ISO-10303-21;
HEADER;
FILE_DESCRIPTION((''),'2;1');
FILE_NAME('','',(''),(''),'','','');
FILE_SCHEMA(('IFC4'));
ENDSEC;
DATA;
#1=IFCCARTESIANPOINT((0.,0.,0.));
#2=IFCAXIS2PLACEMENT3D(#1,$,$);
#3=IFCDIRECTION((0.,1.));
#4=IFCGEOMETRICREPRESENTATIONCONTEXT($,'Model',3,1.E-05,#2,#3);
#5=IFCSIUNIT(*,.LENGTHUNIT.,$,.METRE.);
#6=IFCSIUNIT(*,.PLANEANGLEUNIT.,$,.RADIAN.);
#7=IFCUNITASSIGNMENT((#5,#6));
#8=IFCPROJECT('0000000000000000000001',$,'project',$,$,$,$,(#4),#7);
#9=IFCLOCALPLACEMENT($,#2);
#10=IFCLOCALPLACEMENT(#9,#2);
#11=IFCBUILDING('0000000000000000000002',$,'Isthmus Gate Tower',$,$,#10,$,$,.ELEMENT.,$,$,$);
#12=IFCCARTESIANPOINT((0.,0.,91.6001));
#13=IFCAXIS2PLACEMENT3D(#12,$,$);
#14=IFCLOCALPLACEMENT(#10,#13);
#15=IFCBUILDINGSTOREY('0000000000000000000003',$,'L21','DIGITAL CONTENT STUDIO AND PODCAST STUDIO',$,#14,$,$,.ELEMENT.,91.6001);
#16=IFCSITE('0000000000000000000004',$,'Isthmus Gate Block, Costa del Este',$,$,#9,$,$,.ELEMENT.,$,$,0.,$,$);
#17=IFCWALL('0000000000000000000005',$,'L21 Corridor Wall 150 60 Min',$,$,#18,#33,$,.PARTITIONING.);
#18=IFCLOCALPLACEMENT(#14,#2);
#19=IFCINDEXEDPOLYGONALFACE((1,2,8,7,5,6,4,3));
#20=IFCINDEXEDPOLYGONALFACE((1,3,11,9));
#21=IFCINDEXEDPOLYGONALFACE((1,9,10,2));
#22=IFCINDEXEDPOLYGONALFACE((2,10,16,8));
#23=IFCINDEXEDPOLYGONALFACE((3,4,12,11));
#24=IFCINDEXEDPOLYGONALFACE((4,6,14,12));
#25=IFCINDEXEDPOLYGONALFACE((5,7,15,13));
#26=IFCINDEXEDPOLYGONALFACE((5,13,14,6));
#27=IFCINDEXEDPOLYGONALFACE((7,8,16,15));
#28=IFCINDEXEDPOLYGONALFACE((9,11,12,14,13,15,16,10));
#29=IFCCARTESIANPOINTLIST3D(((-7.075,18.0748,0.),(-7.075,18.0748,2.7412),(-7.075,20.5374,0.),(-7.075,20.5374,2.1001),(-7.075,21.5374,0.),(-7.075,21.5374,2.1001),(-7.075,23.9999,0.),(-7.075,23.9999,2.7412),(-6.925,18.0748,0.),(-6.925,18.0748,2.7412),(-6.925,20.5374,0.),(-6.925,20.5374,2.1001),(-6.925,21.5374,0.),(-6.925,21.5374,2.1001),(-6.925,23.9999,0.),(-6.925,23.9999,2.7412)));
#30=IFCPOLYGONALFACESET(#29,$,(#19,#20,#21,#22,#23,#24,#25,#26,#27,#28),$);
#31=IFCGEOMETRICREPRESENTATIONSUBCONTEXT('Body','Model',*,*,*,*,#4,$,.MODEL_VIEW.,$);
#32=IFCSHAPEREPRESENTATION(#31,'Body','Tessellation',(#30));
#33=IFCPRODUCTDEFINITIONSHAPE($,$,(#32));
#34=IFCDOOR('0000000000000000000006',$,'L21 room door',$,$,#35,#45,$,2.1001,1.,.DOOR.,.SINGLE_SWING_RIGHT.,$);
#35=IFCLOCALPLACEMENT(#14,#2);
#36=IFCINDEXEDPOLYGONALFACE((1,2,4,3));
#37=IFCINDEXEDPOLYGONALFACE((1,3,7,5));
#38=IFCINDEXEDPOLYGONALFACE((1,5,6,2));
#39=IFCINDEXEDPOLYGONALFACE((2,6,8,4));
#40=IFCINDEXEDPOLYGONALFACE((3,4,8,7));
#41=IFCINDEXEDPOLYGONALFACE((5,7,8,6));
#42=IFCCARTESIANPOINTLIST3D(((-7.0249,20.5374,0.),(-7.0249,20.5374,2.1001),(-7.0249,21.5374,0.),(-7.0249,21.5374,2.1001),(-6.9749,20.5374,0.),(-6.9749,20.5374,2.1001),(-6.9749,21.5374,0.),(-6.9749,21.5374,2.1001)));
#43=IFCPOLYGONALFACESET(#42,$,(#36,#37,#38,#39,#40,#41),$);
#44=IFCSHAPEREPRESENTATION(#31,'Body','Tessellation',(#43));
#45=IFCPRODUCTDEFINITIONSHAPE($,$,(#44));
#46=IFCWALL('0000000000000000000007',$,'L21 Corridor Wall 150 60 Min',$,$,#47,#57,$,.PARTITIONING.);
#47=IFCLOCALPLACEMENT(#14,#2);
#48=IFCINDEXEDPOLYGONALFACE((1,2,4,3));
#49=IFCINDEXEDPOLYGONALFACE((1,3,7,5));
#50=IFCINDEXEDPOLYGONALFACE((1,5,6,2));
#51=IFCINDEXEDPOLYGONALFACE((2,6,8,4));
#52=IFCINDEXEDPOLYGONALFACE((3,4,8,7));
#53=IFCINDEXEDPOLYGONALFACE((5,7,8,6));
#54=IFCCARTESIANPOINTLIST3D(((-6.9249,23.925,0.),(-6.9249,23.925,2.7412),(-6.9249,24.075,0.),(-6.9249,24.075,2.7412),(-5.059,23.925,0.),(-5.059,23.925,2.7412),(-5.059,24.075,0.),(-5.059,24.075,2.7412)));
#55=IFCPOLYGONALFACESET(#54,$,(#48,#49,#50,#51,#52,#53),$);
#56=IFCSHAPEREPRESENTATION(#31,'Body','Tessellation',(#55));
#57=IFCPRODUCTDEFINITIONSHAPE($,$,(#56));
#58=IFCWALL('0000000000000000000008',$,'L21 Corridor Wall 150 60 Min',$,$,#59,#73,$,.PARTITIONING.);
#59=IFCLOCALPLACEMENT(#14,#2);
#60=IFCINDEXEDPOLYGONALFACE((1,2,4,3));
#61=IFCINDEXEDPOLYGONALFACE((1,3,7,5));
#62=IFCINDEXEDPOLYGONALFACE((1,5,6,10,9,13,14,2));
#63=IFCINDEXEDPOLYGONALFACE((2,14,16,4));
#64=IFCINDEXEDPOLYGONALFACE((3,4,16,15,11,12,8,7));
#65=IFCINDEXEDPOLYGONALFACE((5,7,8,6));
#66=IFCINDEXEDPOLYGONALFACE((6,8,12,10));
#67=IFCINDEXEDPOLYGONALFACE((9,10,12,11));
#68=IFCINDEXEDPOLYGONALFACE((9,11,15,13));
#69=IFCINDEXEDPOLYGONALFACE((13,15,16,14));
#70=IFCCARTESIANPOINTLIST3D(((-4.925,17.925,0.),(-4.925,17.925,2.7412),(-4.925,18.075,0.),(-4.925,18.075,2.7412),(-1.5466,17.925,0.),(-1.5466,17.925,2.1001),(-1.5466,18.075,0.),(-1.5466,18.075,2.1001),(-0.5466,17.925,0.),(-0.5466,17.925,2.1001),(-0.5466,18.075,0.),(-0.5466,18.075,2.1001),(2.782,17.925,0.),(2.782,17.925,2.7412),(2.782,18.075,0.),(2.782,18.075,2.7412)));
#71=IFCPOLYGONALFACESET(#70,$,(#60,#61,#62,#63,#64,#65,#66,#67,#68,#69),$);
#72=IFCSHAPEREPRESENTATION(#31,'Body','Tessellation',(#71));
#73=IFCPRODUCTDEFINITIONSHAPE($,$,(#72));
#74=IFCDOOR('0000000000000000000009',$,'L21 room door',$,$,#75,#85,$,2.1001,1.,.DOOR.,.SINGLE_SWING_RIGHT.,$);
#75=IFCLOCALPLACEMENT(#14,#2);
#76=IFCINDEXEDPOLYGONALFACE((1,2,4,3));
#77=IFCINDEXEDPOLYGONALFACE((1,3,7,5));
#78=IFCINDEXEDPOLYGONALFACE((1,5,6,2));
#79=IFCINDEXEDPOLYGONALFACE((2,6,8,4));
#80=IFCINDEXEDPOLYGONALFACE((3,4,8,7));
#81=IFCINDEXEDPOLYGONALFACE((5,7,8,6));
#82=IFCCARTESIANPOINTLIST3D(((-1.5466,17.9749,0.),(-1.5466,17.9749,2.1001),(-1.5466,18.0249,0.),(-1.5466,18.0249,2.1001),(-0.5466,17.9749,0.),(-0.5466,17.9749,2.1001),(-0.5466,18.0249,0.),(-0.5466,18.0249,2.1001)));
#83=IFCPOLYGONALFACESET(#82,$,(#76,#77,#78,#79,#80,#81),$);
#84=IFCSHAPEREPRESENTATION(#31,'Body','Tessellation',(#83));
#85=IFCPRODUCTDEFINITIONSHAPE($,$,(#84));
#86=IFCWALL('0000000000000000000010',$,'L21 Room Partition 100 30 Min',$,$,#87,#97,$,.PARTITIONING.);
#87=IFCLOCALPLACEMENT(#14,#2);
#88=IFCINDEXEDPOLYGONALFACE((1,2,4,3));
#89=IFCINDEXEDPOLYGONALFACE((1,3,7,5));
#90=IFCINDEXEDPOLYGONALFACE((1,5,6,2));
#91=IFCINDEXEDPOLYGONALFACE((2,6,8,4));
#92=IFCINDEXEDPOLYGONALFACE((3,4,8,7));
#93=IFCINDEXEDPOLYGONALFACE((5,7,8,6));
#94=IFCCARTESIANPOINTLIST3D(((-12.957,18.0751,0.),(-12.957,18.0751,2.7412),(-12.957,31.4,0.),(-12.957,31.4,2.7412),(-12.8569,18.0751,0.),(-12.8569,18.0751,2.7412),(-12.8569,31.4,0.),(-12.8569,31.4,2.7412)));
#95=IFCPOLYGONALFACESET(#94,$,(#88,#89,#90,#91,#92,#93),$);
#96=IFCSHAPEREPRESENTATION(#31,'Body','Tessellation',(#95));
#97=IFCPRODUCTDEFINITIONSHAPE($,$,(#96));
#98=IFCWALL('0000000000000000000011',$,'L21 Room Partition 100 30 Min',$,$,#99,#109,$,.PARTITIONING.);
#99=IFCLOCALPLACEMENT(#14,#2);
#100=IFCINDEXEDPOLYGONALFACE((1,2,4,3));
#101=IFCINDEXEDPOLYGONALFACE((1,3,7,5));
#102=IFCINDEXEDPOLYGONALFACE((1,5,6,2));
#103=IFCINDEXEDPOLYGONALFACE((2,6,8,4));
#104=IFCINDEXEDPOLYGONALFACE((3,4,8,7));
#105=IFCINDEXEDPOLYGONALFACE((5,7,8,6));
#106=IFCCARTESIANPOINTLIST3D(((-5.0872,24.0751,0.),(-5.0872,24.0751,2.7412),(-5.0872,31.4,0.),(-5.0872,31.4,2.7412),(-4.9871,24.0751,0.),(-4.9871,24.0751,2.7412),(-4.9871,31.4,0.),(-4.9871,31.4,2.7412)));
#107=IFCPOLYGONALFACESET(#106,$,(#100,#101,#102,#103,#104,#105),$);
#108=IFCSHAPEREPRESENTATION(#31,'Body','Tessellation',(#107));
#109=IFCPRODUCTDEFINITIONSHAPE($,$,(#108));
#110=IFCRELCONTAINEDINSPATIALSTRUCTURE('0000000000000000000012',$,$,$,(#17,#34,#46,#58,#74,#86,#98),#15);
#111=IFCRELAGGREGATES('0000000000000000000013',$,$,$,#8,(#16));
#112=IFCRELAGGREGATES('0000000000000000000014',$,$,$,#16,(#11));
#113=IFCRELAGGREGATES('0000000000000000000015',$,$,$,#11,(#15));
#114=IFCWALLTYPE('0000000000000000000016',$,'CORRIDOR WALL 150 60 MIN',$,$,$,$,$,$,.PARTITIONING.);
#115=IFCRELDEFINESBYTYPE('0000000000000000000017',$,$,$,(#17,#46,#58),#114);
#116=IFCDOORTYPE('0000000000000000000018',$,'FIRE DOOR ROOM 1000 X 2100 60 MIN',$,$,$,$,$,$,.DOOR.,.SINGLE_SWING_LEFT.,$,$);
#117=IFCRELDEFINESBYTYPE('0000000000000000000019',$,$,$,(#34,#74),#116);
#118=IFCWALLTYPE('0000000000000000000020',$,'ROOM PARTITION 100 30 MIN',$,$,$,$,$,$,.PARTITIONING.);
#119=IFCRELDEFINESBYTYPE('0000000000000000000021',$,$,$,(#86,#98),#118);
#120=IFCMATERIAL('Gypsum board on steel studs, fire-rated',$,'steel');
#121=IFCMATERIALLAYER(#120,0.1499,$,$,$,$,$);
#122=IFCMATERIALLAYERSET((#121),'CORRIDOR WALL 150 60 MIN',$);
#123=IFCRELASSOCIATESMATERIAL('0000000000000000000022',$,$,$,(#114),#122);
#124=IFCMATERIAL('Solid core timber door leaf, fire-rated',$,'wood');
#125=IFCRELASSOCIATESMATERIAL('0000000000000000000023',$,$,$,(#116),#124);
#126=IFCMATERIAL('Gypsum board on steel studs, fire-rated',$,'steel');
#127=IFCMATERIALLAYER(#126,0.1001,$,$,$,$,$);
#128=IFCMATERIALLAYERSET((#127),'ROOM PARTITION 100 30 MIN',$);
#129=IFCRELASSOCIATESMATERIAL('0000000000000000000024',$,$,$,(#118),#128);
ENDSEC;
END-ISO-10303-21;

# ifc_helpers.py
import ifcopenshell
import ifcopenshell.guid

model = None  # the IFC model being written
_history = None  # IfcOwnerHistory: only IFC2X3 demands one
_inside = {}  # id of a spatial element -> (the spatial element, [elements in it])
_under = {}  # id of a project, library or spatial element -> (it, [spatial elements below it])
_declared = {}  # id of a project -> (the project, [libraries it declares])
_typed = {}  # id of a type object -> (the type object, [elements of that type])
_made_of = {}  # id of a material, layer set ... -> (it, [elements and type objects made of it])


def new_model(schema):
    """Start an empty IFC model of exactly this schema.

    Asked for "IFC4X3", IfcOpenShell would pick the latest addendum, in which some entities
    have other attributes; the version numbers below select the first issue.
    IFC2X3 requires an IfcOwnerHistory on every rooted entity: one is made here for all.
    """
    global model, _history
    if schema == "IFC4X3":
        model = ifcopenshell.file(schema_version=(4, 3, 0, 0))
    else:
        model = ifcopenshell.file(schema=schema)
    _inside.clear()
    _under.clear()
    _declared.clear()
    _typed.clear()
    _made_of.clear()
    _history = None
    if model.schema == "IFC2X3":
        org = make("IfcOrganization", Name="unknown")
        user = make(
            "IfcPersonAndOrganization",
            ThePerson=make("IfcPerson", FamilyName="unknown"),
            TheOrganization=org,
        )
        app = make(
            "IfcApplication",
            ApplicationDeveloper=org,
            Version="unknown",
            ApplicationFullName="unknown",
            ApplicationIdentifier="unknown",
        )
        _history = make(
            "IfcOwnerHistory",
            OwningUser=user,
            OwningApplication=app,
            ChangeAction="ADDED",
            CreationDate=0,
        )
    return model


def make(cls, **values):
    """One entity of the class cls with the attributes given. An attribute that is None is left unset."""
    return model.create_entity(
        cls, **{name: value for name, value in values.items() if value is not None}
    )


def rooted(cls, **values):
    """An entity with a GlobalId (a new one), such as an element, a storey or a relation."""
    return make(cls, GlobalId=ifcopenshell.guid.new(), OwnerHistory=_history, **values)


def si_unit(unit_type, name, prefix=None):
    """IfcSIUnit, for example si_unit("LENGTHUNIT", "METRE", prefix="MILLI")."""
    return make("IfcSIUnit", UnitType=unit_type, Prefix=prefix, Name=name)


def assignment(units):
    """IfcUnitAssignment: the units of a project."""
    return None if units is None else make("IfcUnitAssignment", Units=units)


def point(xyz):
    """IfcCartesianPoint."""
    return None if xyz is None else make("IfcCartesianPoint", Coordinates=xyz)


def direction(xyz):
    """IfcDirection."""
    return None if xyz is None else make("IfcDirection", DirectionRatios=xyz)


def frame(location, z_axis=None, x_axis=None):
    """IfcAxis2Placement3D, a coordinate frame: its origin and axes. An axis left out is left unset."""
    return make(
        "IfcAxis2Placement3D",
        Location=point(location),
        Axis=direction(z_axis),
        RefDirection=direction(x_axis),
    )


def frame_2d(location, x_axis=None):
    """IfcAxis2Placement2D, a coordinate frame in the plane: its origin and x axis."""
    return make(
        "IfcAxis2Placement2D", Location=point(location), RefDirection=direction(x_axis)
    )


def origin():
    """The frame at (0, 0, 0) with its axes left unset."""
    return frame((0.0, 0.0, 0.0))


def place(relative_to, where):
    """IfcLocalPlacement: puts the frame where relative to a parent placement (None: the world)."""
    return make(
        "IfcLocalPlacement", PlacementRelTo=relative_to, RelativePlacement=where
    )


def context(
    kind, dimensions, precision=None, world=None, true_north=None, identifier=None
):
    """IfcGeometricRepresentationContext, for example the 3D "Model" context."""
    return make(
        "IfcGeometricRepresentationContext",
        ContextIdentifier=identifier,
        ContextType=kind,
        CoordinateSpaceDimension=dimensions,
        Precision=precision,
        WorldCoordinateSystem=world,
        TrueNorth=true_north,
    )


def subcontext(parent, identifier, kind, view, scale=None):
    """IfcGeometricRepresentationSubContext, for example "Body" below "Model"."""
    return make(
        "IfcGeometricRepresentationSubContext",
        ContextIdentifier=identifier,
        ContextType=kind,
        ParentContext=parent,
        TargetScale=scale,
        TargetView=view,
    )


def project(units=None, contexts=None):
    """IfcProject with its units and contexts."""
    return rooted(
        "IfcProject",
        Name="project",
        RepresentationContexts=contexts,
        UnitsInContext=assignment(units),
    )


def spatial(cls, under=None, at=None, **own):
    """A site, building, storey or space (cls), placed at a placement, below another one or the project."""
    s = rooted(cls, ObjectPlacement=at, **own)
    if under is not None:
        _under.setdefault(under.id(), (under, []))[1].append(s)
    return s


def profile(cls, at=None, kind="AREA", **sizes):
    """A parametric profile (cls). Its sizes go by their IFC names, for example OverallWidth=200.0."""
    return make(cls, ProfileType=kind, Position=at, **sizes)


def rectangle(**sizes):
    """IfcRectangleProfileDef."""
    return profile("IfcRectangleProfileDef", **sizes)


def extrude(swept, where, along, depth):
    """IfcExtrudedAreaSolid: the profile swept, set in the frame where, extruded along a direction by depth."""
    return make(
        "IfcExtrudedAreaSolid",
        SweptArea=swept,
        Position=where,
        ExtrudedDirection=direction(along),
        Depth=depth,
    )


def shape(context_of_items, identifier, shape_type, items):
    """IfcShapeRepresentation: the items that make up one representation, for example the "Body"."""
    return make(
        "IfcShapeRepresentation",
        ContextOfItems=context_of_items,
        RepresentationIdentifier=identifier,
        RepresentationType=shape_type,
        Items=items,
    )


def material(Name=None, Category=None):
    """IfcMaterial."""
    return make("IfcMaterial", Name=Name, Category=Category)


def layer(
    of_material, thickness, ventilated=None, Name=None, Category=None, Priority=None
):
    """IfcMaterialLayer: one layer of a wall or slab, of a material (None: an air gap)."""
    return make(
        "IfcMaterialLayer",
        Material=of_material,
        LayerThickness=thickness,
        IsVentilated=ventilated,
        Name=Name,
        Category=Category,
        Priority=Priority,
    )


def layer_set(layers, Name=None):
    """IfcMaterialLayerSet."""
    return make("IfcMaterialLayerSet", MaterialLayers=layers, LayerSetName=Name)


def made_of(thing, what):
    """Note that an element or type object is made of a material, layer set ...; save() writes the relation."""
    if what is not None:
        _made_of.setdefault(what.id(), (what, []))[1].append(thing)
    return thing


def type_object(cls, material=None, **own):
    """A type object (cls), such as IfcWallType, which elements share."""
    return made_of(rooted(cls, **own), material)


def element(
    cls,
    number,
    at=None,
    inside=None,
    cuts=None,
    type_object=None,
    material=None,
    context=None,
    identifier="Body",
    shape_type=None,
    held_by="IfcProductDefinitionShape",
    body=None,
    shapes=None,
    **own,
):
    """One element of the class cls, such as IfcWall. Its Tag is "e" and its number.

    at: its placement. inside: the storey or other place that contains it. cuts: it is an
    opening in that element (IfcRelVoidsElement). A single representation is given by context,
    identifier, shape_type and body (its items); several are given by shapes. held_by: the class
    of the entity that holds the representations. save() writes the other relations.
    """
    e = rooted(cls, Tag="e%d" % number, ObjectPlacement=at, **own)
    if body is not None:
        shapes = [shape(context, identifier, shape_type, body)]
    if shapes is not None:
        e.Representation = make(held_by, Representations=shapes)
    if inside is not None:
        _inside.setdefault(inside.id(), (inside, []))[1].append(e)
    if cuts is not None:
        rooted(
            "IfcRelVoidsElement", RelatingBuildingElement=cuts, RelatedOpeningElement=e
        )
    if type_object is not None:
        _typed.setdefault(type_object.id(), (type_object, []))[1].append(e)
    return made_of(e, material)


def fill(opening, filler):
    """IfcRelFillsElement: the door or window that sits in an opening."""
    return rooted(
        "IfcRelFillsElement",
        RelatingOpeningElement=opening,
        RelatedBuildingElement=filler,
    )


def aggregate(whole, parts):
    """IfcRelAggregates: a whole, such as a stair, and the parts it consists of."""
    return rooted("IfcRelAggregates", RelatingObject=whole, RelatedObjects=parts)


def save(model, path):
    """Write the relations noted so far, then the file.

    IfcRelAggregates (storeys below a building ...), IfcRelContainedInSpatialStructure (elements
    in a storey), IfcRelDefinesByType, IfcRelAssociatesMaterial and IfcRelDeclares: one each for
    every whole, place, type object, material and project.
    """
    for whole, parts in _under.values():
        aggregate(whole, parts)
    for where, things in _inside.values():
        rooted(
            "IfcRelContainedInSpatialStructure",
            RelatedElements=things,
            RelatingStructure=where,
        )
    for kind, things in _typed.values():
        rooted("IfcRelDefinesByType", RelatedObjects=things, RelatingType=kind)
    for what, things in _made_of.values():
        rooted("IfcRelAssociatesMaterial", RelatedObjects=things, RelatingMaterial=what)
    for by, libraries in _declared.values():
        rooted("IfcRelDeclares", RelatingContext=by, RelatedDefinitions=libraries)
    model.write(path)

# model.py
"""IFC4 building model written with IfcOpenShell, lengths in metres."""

from ifc_helpers import new_model, si_unit, direction, frame, frame_2d, origin, place, context, subcontext, project, spatial, rectangle, extrude, material, layer, layer_set, type_object, element, fill, save


model = new_model("IFC4")

# Units and contexts
model_context = context("Model", 3, precision=1e-05, world=origin(), true_north=direction((0.0, 1.0)))
body_context = subcontext(model_context, "Body", "Model", "MODEL_VIEW")
ifc_project = project(units=[si_unit("LENGTHUNIT", "METRE"), si_unit("PLANEANGLEUNIT", "RADIAN")], contexts=[model_context])

# Site, building, storey
site_placement = place(None, origin())
site = spatial("IfcSite", under=ifc_project, at=site_placement, Name="Isthmus Gate Block, Costa del Este", CompositionType="ELEMENT", RefElevation=0.0)
building_placement = place(site_placement, origin())
building = spatial("IfcBuilding", under=site, at=building_placement, Name="Isthmus Gate Tower", CompositionType="ELEMENT")
storey_placement = place(building_placement, frame((0.0, 0.0, 91.6001)))
storey = spatial("IfcBuildingStorey", under=building, at=storey_placement, Name="L21", Description="DIGITAL CONTENT STUDIO AND PODCAST STUDIO", CompositionType="ELEMENT", Elevation=91.6001)

# Shared definitions
ifc_material_1 = material(Name="Gypsum board on steel studs, fire-rated", Category="steel")
ifc_layer_1 = layer(ifc_material_1, 0.1499)
ifc_layer_set_1 = layer_set([ifc_layer_1], Name="CORRIDOR WALL 150 60 MIN")
wall_type_1 = type_object("IfcWallType", Name="CORRIDOR WALL 150 60 MIN", PredefinedType="PARTITIONING", material=ifc_layer_set_1)

# Wall, opening, door
wall_1_placement = place(storey_placement, frame((-7.0, 18.075, 0.0), z_axis=(0.0, 0.0, 1.0), x_axis=(0.0, 1.0, 0.0)))
wall_1 = element("IfcWall", 1, at=wall_1_placement, inside=storey, type_object=wall_type_1, Name="L21 Corridor Wall 150 60 Min", PredefinedType="PARTITIONING", context=body_context, shape_type="SweptSolid", body=[
    extrude(rectangle(XDim=5.925, YDim=0.1499, at=frame_2d((2.9624, 0.0))), origin(), (0.0, 0.0, 1.0), 2.7412),
])
opening_1_placement = place(wall_1_placement, frame((2.4624, 0.0, 0.0)))
opening_1 = element("IfcOpeningElement", 2, at=opening_1_placement, cuts=wall_1, PredefinedType="OPENING", context=body_context, shape_type="SweptSolid", body=[
    extrude(rectangle(XDim=1.0, YDim=2.1001, at=frame_2d((0.5, 1.05))), frame((0.0, 0.085, 0.0), z_axis=(0.0, -1.0, 0.0), x_axis=(1.0, 0.0, 0.0)), (0.0, 0.0, 1.0), 0.1699),
])
ifc_material_2 = material(Name="Solid core timber door leaf, fire-rated", Category="wood")
door_type = type_object("IfcDoorType", Name="FIRE DOOR ROOM 1000 X 2100 60 MIN", OperationType="SINGLE_SWING_LEFT", PredefinedType="DOOR", material=ifc_material_2)
door_1_placement = place(opening_1_placement, origin())
door_1 = element("IfcDoor", 3, at=door_1_placement, inside=storey, type_object=door_type, Name="L21 room door", OperationType="SINGLE_SWING_RIGHT", OverallHeight=2.1001, OverallWidth=1.0, PredefinedType="DOOR", context=body_context, shape_type="SweptSolid", body=[
    extrude(rectangle(XDim=1.0, YDim=2.1001, at=frame_2d((0.5, 1.05))), frame((0.0, 0.0249, 0.0), z_axis=(0.0, -1.0, 0.0), x_axis=(1.0, 0.0, 0.0)), (0.0, 0.0, 1.0), 0.05),
])
fill(opening_1, door_1)

# Wall
wall_2_placement = place(storey_placement, frame((-6.925, 24.0, 0.0), z_axis=(0.0, 0.0, 1.0), x_axis=(1.0, 0.0, 0.0)))
element("IfcWall", 4, at=wall_2_placement, inside=storey, type_object=wall_type_1, Name="L21 Corridor Wall 150 60 Min", PredefinedType="PARTITIONING", context=body_context, shape_type="SweptSolid", body=[
    extrude(rectangle(XDim=1.866, YDim=0.1499, at=frame_2d((0.9331, 0.0))), origin(), (0.0, 0.0, 1.0), 2.7412),
])

# Wall, opening, door
wall_3_placement = place(storey_placement, frame((-4.925, 18.0, 0.0), z_axis=(0.0, 0.0, 1.0), x_axis=(1.0, 0.0, 0.0)))
wall_3 = element("IfcWall", 5, at=wall_3_placement, inside=storey, type_object=wall_type_1, Name="L21 Corridor Wall 150 60 Min", PredefinedType="PARTITIONING", context=body_context, shape_type="SweptSolid", body=[
    extrude(rectangle(XDim=7.707, YDim=0.1499, at=frame_2d((3.8535, 0.0))), origin(), (0.0, 0.0, 1.0), 2.7412),
])
opening_2_placement = place(wall_3_placement, frame((3.3784, 0.0, 0.0)))
opening_2 = element("IfcOpeningElement", 6, at=opening_2_placement, cuts=wall_3, PredefinedType="OPENING", context=body_context, shape_type="SweptSolid", body=[
    extrude(rectangle(XDim=1.0, YDim=2.1001, at=frame_2d((0.5, 1.05))), frame((0.0, 0.085, 0.0), z_axis=(0.0, -1.0, 0.0), x_axis=(1.0, 0.0, 0.0)), (0.0, 0.0, 1.0), 0.1699),
])
door_2_placement = place(opening_2_placement, origin())
door_2 = element("IfcDoor", 7, at=door_2_placement, inside=storey, type_object=door_type, Name="L21 room door", OperationType="SINGLE_SWING_RIGHT", OverallHeight=2.1001, OverallWidth=1.0, PredefinedType="DOOR", context=body_context, shape_type="SweptSolid", body=[
    extrude(rectangle(XDim=1.0, YDim=2.1001, at=frame_2d((0.5, 1.05))), frame((0.0, 0.0249, 0.0), z_axis=(0.0, -1.0, 0.0), x_axis=(1.0, 0.0, 0.0)), (0.0, 0.0, 1.0), 0.05),
])
fill(opening_2, door_2)

# Walls
ifc_material_3 = material(Name="Gypsum board on steel studs, fire-rated", Category="steel")
ifc_layer_2 = layer(ifc_material_3, 0.1001)
ifc_layer_set_2 = layer_set([ifc_layer_2], Name="ROOM PARTITION 100 30 MIN")
wall_type_2 = type_object("IfcWallType", Name="ROOM PARTITION 100 30 MIN", PredefinedType="PARTITIONING", material=ifc_layer_set_2)
wall_4_placement = place(storey_placement, frame((-12.907, 18.075, 0.0), z_axis=(0.0, 0.0, 1.0), x_axis=(0.0, 1.0, 0.0)))
element("IfcWall", 8, at=wall_4_placement, inside=storey, type_object=wall_type_2, Name="L21 Room Partition 100 30 Min", PredefinedType="PARTITIONING", context=body_context, shape_type="SweptSolid", body=[
    extrude(rectangle(XDim=13.325, YDim=0.1001, at=frame_2d((6.6626, 0.0))), origin(), (0.0, 0.0, 1.0), 2.7412),
])
wall_5_placement = place(storey_placement, frame((-5.0371, 24.075, 0.0), z_axis=(0.0, 0.0, 1.0), x_axis=(0.0, 1.0, 0.0)))
element("IfcWall", 9, at=wall_5_placement, inside=storey, type_object=wall_type_2, Name="L21 Room Partition 100 30 Min", PredefinedType="PARTITIONING", context=body_context, shape_type="SweptSolid", body=[
    extrude(rectangle(XDim=7.325, YDim=0.1001, at=frame_2d((3.6626, 0.0))), origin(), (0.0, 0.0, 1.0), 2.7412),
])

save(model, "model.ifc")
